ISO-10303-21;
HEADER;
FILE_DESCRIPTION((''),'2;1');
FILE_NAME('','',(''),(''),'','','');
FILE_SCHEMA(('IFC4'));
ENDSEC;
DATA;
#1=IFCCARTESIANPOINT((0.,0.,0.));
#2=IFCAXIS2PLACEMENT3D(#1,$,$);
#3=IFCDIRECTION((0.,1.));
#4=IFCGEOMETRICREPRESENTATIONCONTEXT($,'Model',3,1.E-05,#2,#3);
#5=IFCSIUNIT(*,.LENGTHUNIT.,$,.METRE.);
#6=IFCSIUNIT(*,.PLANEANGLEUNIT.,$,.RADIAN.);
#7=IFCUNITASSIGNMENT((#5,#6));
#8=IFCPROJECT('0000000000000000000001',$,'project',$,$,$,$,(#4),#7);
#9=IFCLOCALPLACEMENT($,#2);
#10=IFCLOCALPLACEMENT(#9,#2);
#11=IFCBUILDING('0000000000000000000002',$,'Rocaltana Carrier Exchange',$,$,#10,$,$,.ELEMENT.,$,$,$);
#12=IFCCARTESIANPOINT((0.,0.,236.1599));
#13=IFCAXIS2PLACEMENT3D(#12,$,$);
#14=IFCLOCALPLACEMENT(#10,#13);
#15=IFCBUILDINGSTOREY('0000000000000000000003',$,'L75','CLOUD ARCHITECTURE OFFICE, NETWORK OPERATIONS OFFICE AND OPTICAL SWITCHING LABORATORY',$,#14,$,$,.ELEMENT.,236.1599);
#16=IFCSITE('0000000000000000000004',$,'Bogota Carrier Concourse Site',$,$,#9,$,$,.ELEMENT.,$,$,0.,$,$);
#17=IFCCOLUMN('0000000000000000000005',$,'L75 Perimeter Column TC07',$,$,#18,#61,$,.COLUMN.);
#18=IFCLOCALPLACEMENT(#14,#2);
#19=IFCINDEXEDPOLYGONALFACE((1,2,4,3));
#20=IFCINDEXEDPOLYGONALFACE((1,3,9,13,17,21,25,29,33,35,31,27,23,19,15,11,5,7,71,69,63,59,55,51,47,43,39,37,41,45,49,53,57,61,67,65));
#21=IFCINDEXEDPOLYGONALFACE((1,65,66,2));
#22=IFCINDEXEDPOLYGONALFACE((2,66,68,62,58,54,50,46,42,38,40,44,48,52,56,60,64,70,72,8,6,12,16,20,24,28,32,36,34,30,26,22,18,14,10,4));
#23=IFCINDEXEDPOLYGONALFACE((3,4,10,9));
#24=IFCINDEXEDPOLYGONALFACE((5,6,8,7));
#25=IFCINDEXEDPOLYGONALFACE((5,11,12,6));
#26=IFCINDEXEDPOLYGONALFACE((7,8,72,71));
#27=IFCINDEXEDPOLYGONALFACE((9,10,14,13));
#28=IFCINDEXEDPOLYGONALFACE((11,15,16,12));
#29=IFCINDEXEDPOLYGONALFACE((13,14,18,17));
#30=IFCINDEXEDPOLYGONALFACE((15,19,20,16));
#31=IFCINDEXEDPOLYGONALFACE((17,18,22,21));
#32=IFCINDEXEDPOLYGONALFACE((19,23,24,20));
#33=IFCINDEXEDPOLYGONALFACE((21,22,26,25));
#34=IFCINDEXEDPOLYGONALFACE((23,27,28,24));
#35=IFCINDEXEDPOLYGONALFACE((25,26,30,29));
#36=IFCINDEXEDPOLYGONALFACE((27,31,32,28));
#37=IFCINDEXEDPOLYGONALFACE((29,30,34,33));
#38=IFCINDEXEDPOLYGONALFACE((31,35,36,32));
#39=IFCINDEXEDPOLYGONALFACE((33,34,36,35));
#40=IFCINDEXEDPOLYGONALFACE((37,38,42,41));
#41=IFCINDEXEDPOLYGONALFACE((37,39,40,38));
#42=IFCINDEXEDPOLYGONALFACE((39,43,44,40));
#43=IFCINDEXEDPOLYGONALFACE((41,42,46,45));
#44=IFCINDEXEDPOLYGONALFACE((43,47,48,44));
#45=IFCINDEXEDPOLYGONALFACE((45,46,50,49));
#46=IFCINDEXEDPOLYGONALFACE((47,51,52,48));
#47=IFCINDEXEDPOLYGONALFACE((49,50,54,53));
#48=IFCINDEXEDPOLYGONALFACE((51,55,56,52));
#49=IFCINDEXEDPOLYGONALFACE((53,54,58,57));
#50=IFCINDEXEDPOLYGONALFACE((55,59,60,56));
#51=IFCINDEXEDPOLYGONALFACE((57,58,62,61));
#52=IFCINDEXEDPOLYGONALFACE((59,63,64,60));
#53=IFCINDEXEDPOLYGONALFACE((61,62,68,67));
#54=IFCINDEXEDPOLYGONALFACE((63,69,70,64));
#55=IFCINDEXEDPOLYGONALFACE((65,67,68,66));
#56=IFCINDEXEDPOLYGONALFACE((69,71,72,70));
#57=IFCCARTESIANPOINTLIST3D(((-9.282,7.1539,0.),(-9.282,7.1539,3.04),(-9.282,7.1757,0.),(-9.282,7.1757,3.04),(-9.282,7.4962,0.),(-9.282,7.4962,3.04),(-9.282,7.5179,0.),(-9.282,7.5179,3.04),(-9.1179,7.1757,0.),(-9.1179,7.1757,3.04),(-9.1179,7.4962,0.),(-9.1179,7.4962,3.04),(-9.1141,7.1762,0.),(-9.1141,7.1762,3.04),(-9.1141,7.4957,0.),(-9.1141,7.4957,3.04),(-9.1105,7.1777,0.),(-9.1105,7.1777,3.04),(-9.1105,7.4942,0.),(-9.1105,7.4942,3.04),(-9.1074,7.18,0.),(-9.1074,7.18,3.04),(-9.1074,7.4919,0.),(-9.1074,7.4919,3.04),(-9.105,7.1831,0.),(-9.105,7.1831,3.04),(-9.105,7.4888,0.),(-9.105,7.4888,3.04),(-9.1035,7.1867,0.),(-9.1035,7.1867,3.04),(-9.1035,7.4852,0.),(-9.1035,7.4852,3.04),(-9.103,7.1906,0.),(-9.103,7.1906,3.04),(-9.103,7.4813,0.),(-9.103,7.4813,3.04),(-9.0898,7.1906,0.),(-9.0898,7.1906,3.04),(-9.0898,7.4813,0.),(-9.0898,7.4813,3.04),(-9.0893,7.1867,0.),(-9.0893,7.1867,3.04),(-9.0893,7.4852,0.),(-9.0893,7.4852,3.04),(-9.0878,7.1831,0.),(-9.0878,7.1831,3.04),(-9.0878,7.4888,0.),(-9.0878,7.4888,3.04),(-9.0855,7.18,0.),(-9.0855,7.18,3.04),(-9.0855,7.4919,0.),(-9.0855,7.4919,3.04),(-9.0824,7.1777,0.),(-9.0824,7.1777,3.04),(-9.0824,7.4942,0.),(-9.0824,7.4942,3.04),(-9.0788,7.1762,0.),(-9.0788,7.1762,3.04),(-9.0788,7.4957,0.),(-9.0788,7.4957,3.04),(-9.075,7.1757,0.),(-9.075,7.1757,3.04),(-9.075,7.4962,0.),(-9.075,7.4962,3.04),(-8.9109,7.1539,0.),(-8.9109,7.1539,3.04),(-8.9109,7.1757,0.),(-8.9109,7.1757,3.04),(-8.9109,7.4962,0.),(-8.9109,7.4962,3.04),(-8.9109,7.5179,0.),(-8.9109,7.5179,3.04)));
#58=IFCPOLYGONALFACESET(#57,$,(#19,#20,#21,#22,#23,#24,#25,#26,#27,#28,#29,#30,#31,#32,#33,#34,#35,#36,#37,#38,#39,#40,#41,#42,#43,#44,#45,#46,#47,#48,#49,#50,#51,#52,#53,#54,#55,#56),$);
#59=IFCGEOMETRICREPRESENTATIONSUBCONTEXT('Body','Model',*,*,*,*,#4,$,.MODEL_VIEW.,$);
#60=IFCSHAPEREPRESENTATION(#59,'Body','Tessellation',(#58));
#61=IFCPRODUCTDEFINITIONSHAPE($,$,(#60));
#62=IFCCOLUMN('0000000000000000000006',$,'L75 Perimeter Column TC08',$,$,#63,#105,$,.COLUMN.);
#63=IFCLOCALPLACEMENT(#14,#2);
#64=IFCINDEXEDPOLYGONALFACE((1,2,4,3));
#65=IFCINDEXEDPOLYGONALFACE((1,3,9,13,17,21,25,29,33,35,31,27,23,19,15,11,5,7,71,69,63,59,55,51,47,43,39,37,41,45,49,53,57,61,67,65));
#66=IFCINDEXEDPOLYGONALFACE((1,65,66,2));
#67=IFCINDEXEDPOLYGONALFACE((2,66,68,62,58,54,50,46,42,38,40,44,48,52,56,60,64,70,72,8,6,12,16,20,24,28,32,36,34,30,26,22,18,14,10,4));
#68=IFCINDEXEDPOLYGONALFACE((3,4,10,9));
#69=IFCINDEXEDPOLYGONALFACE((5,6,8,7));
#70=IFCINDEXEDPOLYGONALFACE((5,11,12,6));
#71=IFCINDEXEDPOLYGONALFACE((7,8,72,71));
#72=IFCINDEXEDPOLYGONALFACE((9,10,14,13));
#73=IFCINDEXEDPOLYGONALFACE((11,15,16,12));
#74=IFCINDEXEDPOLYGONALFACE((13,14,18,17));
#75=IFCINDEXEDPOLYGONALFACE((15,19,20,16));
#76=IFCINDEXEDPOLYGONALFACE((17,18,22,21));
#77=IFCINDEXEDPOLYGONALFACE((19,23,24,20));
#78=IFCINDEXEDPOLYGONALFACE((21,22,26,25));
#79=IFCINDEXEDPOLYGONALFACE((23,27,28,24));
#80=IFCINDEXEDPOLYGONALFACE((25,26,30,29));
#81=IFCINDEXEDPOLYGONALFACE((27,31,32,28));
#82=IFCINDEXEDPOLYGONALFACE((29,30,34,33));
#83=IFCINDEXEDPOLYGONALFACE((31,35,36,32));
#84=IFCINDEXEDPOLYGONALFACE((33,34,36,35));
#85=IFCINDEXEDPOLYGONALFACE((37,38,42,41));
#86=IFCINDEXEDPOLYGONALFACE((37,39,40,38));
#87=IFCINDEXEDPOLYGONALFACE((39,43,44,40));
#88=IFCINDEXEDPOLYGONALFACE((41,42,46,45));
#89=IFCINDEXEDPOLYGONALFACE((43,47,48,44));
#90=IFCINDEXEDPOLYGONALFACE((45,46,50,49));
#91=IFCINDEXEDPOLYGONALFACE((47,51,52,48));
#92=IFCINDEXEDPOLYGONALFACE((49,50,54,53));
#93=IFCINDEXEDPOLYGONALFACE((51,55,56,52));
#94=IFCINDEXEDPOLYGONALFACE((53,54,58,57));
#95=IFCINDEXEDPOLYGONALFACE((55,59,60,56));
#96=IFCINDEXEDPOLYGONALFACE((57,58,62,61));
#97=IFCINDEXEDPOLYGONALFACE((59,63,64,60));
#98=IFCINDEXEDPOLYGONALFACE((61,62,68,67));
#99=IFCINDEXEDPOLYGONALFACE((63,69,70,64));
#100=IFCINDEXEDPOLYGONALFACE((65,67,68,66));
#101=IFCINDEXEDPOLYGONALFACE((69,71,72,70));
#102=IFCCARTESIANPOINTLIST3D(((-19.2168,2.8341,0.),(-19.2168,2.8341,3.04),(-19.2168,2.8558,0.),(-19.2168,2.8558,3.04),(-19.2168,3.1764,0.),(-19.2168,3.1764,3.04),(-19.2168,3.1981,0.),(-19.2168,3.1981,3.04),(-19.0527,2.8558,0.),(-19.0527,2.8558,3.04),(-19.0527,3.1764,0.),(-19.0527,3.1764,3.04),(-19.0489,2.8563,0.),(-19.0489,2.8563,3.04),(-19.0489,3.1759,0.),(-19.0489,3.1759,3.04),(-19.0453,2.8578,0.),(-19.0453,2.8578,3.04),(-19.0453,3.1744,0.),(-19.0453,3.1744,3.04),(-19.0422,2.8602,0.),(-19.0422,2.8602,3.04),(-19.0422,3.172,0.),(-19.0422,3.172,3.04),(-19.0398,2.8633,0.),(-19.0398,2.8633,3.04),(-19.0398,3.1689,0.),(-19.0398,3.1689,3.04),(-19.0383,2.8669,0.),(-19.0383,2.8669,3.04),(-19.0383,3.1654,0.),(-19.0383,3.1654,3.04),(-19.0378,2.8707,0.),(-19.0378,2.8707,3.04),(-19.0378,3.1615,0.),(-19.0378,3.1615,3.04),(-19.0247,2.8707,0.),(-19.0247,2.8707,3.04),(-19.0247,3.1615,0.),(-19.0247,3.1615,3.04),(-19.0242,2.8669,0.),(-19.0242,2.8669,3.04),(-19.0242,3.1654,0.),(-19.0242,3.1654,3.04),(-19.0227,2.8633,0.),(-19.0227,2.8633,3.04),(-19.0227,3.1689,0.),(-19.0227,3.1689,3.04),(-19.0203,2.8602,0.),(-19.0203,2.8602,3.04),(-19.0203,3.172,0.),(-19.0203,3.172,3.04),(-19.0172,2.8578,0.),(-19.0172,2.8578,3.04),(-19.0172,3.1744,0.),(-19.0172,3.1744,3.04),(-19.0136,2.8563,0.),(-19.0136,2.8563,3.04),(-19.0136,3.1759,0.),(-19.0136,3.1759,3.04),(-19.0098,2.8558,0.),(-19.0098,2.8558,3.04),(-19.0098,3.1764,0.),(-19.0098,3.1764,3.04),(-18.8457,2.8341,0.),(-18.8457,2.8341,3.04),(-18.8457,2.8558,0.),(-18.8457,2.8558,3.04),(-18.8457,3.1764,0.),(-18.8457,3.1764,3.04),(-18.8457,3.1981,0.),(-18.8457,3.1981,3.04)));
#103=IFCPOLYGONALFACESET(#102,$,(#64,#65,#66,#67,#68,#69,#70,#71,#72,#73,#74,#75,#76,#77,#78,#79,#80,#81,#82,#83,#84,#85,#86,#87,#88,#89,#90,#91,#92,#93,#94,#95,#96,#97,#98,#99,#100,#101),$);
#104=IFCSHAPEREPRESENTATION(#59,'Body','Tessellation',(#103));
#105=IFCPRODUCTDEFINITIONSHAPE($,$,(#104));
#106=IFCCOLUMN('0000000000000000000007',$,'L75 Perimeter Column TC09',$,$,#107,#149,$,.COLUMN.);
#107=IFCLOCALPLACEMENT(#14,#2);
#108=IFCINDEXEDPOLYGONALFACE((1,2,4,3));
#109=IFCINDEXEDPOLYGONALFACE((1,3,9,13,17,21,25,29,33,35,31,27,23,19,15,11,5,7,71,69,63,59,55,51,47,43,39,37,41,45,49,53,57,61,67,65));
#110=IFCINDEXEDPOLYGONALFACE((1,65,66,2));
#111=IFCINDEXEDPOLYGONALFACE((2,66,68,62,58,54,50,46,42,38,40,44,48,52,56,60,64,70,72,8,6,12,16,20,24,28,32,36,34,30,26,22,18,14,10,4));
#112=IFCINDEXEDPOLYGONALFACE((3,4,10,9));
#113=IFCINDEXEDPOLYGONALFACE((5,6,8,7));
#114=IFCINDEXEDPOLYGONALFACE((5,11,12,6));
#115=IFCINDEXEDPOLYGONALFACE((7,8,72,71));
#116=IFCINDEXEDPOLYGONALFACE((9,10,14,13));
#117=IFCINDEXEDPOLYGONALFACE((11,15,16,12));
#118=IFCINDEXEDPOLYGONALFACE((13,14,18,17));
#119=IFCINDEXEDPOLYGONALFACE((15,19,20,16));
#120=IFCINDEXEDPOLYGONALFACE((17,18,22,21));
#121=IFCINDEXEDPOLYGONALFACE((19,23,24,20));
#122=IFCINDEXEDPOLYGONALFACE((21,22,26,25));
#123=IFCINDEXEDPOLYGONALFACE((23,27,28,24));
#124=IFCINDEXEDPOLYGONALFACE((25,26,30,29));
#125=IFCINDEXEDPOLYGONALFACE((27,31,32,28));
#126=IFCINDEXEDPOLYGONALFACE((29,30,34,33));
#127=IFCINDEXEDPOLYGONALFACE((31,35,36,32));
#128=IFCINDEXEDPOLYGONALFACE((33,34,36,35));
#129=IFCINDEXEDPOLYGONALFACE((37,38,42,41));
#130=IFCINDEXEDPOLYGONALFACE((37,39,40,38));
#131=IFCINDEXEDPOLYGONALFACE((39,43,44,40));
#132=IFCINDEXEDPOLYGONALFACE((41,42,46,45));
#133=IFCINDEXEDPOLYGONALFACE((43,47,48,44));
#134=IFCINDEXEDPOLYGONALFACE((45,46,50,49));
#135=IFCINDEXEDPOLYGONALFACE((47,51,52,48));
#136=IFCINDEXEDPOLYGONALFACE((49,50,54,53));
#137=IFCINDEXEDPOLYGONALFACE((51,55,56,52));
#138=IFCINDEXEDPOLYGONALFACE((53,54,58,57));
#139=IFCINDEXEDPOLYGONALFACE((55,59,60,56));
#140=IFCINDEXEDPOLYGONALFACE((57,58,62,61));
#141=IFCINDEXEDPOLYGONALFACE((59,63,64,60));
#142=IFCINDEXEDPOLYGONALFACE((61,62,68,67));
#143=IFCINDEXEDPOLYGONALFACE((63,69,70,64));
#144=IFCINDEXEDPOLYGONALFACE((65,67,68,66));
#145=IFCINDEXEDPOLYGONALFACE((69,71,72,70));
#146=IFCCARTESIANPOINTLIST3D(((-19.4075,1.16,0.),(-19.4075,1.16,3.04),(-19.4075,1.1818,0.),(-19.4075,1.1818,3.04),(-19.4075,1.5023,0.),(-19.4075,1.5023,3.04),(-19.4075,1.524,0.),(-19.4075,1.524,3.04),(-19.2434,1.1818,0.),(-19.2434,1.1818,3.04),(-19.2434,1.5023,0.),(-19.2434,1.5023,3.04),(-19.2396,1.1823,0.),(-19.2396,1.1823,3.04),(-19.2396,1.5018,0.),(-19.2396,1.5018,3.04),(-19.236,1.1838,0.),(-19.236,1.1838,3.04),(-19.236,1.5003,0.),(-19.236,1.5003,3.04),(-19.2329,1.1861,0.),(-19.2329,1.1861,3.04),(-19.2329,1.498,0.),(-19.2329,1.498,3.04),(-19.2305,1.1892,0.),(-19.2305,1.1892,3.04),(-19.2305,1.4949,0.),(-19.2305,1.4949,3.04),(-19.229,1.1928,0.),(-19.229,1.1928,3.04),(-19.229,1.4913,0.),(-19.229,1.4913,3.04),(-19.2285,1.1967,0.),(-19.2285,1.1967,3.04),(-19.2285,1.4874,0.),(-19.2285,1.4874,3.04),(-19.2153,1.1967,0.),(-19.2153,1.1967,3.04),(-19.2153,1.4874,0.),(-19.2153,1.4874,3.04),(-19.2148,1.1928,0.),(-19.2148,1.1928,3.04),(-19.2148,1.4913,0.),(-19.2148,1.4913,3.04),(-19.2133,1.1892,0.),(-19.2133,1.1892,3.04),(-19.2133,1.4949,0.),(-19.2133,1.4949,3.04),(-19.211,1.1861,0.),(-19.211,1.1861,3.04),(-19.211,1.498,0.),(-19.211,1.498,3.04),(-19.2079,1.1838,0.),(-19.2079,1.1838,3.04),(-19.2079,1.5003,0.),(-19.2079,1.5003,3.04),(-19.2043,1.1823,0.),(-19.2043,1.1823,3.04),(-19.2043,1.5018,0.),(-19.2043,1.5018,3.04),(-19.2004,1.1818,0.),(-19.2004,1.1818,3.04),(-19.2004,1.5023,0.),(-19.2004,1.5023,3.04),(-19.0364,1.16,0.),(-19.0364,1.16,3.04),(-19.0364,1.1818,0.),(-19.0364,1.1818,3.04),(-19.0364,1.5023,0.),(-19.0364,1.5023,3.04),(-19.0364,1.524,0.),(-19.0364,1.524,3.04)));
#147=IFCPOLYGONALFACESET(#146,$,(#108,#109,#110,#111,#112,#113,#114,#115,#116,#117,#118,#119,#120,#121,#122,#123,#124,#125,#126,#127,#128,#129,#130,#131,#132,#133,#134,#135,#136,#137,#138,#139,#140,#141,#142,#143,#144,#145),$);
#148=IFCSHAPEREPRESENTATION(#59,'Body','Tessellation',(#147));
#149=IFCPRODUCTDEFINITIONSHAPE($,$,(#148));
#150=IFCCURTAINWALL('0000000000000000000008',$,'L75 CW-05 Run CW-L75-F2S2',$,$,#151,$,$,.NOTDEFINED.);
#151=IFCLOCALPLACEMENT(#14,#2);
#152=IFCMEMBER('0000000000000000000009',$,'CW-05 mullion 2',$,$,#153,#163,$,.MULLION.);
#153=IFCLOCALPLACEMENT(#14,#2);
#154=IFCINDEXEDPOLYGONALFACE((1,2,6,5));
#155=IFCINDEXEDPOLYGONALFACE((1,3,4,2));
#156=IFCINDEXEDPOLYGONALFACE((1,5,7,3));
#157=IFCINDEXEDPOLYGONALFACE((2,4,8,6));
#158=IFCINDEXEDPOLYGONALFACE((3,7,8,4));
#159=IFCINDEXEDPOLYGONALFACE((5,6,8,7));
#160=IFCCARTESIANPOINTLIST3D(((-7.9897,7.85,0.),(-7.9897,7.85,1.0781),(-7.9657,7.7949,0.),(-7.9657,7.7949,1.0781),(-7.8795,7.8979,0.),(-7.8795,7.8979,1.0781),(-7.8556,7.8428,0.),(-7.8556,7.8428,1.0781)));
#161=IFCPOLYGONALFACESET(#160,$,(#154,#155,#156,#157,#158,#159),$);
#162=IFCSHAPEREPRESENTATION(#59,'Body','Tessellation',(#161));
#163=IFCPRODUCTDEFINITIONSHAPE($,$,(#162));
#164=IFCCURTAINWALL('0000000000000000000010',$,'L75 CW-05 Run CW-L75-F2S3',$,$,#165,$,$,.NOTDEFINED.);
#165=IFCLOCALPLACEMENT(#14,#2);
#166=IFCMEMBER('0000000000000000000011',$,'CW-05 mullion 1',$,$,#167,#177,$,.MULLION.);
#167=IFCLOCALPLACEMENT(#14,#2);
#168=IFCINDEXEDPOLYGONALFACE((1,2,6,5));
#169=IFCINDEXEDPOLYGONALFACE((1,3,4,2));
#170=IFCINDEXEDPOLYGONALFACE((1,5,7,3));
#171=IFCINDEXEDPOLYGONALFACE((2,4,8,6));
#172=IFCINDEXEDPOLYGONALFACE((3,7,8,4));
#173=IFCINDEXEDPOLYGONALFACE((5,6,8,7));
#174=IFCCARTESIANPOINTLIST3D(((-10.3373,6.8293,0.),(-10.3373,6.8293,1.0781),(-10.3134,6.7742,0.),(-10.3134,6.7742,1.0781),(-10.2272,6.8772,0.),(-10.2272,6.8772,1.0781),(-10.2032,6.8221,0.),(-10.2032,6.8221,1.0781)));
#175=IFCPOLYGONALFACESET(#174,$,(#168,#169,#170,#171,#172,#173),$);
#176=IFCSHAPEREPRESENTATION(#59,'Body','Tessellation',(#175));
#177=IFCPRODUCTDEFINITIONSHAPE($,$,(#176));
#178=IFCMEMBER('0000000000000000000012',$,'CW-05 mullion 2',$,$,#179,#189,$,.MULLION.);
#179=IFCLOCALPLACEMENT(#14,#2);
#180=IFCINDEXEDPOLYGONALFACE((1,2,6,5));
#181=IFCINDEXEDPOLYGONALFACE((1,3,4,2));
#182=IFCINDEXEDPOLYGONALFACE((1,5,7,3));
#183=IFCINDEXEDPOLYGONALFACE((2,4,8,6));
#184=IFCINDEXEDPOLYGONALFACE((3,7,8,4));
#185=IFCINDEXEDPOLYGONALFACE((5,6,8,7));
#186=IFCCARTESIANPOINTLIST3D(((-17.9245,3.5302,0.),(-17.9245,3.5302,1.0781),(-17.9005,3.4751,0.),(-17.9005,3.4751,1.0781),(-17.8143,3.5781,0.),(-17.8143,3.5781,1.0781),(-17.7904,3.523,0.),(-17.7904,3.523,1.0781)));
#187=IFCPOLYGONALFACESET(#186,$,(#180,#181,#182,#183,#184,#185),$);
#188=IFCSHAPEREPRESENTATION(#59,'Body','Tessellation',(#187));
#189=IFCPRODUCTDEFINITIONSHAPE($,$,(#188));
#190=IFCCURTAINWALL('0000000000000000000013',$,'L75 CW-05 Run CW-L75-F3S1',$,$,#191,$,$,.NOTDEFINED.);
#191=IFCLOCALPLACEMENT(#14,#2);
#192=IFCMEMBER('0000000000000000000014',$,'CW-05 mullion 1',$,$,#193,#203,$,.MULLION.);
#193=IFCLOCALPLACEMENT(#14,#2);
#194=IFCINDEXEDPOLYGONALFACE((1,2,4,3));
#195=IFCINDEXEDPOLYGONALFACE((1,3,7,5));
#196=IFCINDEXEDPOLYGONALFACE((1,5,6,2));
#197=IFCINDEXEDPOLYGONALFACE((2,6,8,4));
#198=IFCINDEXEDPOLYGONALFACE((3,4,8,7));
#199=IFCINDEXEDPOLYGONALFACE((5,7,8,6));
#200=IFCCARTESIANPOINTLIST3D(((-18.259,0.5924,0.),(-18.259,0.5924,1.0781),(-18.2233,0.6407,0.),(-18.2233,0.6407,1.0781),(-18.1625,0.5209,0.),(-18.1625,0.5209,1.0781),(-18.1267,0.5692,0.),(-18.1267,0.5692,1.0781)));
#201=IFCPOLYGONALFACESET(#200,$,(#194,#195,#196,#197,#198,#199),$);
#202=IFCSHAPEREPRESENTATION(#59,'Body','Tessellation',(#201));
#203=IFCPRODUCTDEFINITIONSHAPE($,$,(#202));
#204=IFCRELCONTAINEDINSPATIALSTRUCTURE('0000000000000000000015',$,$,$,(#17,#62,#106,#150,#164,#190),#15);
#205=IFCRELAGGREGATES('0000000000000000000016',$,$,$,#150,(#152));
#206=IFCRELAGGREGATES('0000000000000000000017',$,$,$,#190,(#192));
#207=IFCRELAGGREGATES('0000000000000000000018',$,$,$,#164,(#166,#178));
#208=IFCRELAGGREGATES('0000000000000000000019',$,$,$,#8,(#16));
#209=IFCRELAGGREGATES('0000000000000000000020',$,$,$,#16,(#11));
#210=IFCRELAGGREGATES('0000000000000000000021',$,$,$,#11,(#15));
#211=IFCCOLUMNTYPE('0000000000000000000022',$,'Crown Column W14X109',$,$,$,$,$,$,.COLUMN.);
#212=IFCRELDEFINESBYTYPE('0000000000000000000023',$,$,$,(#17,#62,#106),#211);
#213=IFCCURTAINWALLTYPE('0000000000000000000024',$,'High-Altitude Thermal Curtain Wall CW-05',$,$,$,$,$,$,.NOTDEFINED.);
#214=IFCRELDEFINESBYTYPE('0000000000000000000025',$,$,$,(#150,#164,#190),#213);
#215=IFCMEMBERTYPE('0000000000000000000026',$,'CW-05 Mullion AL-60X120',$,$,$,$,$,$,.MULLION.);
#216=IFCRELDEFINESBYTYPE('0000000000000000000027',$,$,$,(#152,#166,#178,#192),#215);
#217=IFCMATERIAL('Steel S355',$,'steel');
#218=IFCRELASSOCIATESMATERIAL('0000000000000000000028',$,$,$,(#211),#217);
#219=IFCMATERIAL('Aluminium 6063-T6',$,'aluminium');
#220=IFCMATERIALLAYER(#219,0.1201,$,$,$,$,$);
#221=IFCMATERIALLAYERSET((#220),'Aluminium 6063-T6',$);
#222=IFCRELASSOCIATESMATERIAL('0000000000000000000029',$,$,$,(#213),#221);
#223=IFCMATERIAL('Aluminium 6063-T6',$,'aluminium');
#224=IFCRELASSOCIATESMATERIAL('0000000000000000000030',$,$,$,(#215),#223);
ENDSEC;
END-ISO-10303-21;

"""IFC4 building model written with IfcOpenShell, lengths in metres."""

from ifc_helpers import new_model, si_unit, direction, frame, origin, origin_2d, place, context, subcontext, project, spatial, rectangle, i_section, extrude, material, layer, layer_set, material_profile, profile_set, type_object, element, aggregate, save


model = new_model("IFC4")

# Units and contexts
model_context = context("Model", 3, precision=1e-05, world=origin(), true_north=direction((0.0, 1.0)))
body_context = subcontext(model_context, "Body", "Model", "MODEL_VIEW")
ifc_project = project(units=[si_unit("LENGTHUNIT", "METRE"), si_unit("PLANEANGLEUNIT", "RADIAN")], contexts=[model_context])

# Site, building, storey
site_placement = place(None, origin())
site = spatial("IfcSite", under=ifc_project, at=site_placement, Name="Bogota Carrier Concourse Site", CompositionType="ELEMENT", RefElevation=0.0)
building_placement = place(site_placement, origin())
building = spatial("IfcBuilding", under=site, at=building_placement, Name="Rocaltana Carrier Exchange", CompositionType="ELEMENT")
storey_placement = place(building_placement, frame((0.0, 0.0, 236.1599)))
storey = spatial("IfcBuildingStorey", under=building, at=storey_placement, Name="L75", Description="CLOUD ARCHITECTURE OFFICE, NETWORK OPERATIONS OFFICE AND OPTICAL SWITCHING LABORATORY", CompositionType="ELEMENT", Elevation=236.1599)

# Columns
ifc_material_1 = material(Name="Steel S355", Category="steel")
ifc_material_profile_1 = material_profile(ifc_material_1, i_section(OverallWidth=0.3711, OverallDepth=0.364, WebThickness=0.0132, FlangeThickness=0.0217, FilletRadius=0.0149, at=origin_2d()), Name="W14X109")
ifc_profile_set_1 = profile_set([ifc_material_profile_1], Name="Steel S355")
column_type = type_object("IfcColumnType", Name="Crown Column W14X109", PredefinedType="COLUMN", material=ifc_profile_set_1)
for number, where, z_axis, x_axis, name in (
    (1, (-9.0964, 7.3359, 0.0), (0.0, 0.0, 1.0), (1.0, 0.0, 0.0), "L75 Perimeter Column TC07"),
    (2, (-19.0312, 3.0161, 0.0), (0.0, 0.0, 1.0), (1.0, 0.0, 0.0), "L75 Perimeter Column TC08"),
    (3, (-19.2219, 1.342, 0.0), (0.0, 0.0, 1.0), (1.0, 0.0, 0.0), "L75 Perimeter Column TC09"),
):
    element("IfcColumn", number, at=place(storey_placement, frame(where, z_axis=z_axis, x_axis=x_axis)), inside=storey, type_object=column_type, Name=name, PredefinedType="COLUMN", context=body_context, shape_type="SweptSolid", body=[
        extrude(i_section(OverallWidth=0.3711, OverallDepth=0.364, WebThickness=0.0132, FlangeThickness=0.0217, FilletRadius=0.0149, at=origin_2d()), origin(), (0.0, 0.0, 1.0), 3.04),
    ])

# Curtain wall, member
ifc_material_2 = material(Name="Aluminium 6063-T6", Category="aluminium")
ifc_layer_1 = layer(ifc_material_2, 0.1201)
ifc_layer_set_1 = layer_set([ifc_layer_1], Name="Aluminium 6063-T6")
curtain_wall_type = type_object("IfcCurtainWallType", Name="High-Altitude Thermal Curtain Wall CW-05", PredefinedType="NOTDEFINED", material=ifc_layer_set_1)
curtain_wall_1_placement = place(storey_placement, origin())
curtain_wall_1 = element("IfcCurtainWall", 4, at=curtain_wall_1_placement, inside=storey, type_object=curtain_wall_type, Name="L75 CW-05 Run CW-L75-F2S2", PredefinedType="NOTDEFINED")
ifc_material_3 = material(Name="Aluminium 6063-T6", Category="aluminium")
ifc_material_profile_2 = material_profile(ifc_material_3, rectangle(XDim=0.0601, YDim=0.1201, at=origin_2d()), Name="AL-60X120")
ifc_profile_set_2 = profile_set([ifc_material_profile_2], Name="Aluminium 6063-T6")
member_type_1 = type_object("IfcMemberType", Name="CW-05 Mullion AL-60X120", PredefinedType="MULLION", material=ifc_profile_set_2)
member_1_placement = place(storey_placement, frame((-7.9226, 7.8464, 0.0), z_axis=(0.0, 0.0, 1.0), x_axis=(0.398752, -0.917059, 0.0)))
member_1 = element("IfcMember", 5, at=member_1_placement, type_object=member_type_1, Name="CW-05 mullion 2", PredefinedType="MULLION", context=body_context, shape_type="SweptSolid", body=[
    extrude(rectangle(XDim=0.0601, YDim=0.1201, at=origin_2d()), origin(), (0.0, 0.0, 1.0), 1.0781),
])
aggregate(curtain_wall_1, [member_1])

# Curtain wall, members
curtain_wall_2_placement = place(storey_placement, origin())
curtain_wall_2 = element("IfcCurtainWall", 6, at=curtain_wall_2_placement, inside=storey, type_object=curtain_wall_type, Name="L75 CW-05 Run CW-L75-F2S3", PredefinedType="NOTDEFINED")
member_2_placement = place(storey_placement, frame((-10.2703, 6.8257, 0.0), z_axis=(0.0, 0.0, 1.0), x_axis=(0.398757, -0.917057, 0.0)))
member_2 = element("IfcMember", 7, at=member_2_placement, type_object=member_type_1, Name="CW-05 mullion 1", PredefinedType="MULLION", context=body_context, shape_type="SweptSolid", body=[
    extrude(rectangle(XDim=0.0601, YDim=0.1201, at=origin_2d()), origin(), (0.0, 0.0, 1.0), 1.0781),
])
member_3_placement = place(storey_placement, frame((-17.8574, 3.5266, 0.0), z_axis=(0.0, 0.0, 1.0), x_axis=(0.398757, -0.917057, 0.0)))
member_3 = element("IfcMember", 8, at=member_3_placement, type_object=member_type_1, Name="CW-05 mullion 2", PredefinedType="MULLION", context=body_context, shape_type="SweptSolid", body=[
    extrude(rectangle(XDim=0.0601, YDim=0.1201, at=origin_2d()), origin(), (0.0, 0.0, 1.0), 1.0781),
])

# Curtain wall, member
curtain_wall_3_placement = place(storey_placement, origin())
curtain_wall_3 = element("IfcCurtainWall", 9, at=curtain_wall_3_placement, inside=storey, type_object=curtain_wall_type, Name="L75 CW-05 Run CW-L75-F3S1", PredefinedType="NOTDEFINED")
member_4_placement = place(storey_placement, frame((-18.1929, 0.5808, 0.0), z_axis=(0.0, 0.0, 1.0), x_axis=(0.594827, 0.803854, 0.0)))
member_4 = element("IfcMember", 10, at=member_4_placement, type_object=member_type_1, Name="CW-05 mullion 1", PredefinedType="MULLION", context=body_context, shape_type="SweptSolid", body=[
    extrude(rectangle(XDim=0.0601, YDim=0.1201, at=origin_2d()), origin(), (0.0, 0.0, 1.0), 1.0781),
])

aggregate(curtain_wall_3, [member_4])

aggregate(curtain_wall_2, [member_2, member_3])

save(model, "model.ifc")
